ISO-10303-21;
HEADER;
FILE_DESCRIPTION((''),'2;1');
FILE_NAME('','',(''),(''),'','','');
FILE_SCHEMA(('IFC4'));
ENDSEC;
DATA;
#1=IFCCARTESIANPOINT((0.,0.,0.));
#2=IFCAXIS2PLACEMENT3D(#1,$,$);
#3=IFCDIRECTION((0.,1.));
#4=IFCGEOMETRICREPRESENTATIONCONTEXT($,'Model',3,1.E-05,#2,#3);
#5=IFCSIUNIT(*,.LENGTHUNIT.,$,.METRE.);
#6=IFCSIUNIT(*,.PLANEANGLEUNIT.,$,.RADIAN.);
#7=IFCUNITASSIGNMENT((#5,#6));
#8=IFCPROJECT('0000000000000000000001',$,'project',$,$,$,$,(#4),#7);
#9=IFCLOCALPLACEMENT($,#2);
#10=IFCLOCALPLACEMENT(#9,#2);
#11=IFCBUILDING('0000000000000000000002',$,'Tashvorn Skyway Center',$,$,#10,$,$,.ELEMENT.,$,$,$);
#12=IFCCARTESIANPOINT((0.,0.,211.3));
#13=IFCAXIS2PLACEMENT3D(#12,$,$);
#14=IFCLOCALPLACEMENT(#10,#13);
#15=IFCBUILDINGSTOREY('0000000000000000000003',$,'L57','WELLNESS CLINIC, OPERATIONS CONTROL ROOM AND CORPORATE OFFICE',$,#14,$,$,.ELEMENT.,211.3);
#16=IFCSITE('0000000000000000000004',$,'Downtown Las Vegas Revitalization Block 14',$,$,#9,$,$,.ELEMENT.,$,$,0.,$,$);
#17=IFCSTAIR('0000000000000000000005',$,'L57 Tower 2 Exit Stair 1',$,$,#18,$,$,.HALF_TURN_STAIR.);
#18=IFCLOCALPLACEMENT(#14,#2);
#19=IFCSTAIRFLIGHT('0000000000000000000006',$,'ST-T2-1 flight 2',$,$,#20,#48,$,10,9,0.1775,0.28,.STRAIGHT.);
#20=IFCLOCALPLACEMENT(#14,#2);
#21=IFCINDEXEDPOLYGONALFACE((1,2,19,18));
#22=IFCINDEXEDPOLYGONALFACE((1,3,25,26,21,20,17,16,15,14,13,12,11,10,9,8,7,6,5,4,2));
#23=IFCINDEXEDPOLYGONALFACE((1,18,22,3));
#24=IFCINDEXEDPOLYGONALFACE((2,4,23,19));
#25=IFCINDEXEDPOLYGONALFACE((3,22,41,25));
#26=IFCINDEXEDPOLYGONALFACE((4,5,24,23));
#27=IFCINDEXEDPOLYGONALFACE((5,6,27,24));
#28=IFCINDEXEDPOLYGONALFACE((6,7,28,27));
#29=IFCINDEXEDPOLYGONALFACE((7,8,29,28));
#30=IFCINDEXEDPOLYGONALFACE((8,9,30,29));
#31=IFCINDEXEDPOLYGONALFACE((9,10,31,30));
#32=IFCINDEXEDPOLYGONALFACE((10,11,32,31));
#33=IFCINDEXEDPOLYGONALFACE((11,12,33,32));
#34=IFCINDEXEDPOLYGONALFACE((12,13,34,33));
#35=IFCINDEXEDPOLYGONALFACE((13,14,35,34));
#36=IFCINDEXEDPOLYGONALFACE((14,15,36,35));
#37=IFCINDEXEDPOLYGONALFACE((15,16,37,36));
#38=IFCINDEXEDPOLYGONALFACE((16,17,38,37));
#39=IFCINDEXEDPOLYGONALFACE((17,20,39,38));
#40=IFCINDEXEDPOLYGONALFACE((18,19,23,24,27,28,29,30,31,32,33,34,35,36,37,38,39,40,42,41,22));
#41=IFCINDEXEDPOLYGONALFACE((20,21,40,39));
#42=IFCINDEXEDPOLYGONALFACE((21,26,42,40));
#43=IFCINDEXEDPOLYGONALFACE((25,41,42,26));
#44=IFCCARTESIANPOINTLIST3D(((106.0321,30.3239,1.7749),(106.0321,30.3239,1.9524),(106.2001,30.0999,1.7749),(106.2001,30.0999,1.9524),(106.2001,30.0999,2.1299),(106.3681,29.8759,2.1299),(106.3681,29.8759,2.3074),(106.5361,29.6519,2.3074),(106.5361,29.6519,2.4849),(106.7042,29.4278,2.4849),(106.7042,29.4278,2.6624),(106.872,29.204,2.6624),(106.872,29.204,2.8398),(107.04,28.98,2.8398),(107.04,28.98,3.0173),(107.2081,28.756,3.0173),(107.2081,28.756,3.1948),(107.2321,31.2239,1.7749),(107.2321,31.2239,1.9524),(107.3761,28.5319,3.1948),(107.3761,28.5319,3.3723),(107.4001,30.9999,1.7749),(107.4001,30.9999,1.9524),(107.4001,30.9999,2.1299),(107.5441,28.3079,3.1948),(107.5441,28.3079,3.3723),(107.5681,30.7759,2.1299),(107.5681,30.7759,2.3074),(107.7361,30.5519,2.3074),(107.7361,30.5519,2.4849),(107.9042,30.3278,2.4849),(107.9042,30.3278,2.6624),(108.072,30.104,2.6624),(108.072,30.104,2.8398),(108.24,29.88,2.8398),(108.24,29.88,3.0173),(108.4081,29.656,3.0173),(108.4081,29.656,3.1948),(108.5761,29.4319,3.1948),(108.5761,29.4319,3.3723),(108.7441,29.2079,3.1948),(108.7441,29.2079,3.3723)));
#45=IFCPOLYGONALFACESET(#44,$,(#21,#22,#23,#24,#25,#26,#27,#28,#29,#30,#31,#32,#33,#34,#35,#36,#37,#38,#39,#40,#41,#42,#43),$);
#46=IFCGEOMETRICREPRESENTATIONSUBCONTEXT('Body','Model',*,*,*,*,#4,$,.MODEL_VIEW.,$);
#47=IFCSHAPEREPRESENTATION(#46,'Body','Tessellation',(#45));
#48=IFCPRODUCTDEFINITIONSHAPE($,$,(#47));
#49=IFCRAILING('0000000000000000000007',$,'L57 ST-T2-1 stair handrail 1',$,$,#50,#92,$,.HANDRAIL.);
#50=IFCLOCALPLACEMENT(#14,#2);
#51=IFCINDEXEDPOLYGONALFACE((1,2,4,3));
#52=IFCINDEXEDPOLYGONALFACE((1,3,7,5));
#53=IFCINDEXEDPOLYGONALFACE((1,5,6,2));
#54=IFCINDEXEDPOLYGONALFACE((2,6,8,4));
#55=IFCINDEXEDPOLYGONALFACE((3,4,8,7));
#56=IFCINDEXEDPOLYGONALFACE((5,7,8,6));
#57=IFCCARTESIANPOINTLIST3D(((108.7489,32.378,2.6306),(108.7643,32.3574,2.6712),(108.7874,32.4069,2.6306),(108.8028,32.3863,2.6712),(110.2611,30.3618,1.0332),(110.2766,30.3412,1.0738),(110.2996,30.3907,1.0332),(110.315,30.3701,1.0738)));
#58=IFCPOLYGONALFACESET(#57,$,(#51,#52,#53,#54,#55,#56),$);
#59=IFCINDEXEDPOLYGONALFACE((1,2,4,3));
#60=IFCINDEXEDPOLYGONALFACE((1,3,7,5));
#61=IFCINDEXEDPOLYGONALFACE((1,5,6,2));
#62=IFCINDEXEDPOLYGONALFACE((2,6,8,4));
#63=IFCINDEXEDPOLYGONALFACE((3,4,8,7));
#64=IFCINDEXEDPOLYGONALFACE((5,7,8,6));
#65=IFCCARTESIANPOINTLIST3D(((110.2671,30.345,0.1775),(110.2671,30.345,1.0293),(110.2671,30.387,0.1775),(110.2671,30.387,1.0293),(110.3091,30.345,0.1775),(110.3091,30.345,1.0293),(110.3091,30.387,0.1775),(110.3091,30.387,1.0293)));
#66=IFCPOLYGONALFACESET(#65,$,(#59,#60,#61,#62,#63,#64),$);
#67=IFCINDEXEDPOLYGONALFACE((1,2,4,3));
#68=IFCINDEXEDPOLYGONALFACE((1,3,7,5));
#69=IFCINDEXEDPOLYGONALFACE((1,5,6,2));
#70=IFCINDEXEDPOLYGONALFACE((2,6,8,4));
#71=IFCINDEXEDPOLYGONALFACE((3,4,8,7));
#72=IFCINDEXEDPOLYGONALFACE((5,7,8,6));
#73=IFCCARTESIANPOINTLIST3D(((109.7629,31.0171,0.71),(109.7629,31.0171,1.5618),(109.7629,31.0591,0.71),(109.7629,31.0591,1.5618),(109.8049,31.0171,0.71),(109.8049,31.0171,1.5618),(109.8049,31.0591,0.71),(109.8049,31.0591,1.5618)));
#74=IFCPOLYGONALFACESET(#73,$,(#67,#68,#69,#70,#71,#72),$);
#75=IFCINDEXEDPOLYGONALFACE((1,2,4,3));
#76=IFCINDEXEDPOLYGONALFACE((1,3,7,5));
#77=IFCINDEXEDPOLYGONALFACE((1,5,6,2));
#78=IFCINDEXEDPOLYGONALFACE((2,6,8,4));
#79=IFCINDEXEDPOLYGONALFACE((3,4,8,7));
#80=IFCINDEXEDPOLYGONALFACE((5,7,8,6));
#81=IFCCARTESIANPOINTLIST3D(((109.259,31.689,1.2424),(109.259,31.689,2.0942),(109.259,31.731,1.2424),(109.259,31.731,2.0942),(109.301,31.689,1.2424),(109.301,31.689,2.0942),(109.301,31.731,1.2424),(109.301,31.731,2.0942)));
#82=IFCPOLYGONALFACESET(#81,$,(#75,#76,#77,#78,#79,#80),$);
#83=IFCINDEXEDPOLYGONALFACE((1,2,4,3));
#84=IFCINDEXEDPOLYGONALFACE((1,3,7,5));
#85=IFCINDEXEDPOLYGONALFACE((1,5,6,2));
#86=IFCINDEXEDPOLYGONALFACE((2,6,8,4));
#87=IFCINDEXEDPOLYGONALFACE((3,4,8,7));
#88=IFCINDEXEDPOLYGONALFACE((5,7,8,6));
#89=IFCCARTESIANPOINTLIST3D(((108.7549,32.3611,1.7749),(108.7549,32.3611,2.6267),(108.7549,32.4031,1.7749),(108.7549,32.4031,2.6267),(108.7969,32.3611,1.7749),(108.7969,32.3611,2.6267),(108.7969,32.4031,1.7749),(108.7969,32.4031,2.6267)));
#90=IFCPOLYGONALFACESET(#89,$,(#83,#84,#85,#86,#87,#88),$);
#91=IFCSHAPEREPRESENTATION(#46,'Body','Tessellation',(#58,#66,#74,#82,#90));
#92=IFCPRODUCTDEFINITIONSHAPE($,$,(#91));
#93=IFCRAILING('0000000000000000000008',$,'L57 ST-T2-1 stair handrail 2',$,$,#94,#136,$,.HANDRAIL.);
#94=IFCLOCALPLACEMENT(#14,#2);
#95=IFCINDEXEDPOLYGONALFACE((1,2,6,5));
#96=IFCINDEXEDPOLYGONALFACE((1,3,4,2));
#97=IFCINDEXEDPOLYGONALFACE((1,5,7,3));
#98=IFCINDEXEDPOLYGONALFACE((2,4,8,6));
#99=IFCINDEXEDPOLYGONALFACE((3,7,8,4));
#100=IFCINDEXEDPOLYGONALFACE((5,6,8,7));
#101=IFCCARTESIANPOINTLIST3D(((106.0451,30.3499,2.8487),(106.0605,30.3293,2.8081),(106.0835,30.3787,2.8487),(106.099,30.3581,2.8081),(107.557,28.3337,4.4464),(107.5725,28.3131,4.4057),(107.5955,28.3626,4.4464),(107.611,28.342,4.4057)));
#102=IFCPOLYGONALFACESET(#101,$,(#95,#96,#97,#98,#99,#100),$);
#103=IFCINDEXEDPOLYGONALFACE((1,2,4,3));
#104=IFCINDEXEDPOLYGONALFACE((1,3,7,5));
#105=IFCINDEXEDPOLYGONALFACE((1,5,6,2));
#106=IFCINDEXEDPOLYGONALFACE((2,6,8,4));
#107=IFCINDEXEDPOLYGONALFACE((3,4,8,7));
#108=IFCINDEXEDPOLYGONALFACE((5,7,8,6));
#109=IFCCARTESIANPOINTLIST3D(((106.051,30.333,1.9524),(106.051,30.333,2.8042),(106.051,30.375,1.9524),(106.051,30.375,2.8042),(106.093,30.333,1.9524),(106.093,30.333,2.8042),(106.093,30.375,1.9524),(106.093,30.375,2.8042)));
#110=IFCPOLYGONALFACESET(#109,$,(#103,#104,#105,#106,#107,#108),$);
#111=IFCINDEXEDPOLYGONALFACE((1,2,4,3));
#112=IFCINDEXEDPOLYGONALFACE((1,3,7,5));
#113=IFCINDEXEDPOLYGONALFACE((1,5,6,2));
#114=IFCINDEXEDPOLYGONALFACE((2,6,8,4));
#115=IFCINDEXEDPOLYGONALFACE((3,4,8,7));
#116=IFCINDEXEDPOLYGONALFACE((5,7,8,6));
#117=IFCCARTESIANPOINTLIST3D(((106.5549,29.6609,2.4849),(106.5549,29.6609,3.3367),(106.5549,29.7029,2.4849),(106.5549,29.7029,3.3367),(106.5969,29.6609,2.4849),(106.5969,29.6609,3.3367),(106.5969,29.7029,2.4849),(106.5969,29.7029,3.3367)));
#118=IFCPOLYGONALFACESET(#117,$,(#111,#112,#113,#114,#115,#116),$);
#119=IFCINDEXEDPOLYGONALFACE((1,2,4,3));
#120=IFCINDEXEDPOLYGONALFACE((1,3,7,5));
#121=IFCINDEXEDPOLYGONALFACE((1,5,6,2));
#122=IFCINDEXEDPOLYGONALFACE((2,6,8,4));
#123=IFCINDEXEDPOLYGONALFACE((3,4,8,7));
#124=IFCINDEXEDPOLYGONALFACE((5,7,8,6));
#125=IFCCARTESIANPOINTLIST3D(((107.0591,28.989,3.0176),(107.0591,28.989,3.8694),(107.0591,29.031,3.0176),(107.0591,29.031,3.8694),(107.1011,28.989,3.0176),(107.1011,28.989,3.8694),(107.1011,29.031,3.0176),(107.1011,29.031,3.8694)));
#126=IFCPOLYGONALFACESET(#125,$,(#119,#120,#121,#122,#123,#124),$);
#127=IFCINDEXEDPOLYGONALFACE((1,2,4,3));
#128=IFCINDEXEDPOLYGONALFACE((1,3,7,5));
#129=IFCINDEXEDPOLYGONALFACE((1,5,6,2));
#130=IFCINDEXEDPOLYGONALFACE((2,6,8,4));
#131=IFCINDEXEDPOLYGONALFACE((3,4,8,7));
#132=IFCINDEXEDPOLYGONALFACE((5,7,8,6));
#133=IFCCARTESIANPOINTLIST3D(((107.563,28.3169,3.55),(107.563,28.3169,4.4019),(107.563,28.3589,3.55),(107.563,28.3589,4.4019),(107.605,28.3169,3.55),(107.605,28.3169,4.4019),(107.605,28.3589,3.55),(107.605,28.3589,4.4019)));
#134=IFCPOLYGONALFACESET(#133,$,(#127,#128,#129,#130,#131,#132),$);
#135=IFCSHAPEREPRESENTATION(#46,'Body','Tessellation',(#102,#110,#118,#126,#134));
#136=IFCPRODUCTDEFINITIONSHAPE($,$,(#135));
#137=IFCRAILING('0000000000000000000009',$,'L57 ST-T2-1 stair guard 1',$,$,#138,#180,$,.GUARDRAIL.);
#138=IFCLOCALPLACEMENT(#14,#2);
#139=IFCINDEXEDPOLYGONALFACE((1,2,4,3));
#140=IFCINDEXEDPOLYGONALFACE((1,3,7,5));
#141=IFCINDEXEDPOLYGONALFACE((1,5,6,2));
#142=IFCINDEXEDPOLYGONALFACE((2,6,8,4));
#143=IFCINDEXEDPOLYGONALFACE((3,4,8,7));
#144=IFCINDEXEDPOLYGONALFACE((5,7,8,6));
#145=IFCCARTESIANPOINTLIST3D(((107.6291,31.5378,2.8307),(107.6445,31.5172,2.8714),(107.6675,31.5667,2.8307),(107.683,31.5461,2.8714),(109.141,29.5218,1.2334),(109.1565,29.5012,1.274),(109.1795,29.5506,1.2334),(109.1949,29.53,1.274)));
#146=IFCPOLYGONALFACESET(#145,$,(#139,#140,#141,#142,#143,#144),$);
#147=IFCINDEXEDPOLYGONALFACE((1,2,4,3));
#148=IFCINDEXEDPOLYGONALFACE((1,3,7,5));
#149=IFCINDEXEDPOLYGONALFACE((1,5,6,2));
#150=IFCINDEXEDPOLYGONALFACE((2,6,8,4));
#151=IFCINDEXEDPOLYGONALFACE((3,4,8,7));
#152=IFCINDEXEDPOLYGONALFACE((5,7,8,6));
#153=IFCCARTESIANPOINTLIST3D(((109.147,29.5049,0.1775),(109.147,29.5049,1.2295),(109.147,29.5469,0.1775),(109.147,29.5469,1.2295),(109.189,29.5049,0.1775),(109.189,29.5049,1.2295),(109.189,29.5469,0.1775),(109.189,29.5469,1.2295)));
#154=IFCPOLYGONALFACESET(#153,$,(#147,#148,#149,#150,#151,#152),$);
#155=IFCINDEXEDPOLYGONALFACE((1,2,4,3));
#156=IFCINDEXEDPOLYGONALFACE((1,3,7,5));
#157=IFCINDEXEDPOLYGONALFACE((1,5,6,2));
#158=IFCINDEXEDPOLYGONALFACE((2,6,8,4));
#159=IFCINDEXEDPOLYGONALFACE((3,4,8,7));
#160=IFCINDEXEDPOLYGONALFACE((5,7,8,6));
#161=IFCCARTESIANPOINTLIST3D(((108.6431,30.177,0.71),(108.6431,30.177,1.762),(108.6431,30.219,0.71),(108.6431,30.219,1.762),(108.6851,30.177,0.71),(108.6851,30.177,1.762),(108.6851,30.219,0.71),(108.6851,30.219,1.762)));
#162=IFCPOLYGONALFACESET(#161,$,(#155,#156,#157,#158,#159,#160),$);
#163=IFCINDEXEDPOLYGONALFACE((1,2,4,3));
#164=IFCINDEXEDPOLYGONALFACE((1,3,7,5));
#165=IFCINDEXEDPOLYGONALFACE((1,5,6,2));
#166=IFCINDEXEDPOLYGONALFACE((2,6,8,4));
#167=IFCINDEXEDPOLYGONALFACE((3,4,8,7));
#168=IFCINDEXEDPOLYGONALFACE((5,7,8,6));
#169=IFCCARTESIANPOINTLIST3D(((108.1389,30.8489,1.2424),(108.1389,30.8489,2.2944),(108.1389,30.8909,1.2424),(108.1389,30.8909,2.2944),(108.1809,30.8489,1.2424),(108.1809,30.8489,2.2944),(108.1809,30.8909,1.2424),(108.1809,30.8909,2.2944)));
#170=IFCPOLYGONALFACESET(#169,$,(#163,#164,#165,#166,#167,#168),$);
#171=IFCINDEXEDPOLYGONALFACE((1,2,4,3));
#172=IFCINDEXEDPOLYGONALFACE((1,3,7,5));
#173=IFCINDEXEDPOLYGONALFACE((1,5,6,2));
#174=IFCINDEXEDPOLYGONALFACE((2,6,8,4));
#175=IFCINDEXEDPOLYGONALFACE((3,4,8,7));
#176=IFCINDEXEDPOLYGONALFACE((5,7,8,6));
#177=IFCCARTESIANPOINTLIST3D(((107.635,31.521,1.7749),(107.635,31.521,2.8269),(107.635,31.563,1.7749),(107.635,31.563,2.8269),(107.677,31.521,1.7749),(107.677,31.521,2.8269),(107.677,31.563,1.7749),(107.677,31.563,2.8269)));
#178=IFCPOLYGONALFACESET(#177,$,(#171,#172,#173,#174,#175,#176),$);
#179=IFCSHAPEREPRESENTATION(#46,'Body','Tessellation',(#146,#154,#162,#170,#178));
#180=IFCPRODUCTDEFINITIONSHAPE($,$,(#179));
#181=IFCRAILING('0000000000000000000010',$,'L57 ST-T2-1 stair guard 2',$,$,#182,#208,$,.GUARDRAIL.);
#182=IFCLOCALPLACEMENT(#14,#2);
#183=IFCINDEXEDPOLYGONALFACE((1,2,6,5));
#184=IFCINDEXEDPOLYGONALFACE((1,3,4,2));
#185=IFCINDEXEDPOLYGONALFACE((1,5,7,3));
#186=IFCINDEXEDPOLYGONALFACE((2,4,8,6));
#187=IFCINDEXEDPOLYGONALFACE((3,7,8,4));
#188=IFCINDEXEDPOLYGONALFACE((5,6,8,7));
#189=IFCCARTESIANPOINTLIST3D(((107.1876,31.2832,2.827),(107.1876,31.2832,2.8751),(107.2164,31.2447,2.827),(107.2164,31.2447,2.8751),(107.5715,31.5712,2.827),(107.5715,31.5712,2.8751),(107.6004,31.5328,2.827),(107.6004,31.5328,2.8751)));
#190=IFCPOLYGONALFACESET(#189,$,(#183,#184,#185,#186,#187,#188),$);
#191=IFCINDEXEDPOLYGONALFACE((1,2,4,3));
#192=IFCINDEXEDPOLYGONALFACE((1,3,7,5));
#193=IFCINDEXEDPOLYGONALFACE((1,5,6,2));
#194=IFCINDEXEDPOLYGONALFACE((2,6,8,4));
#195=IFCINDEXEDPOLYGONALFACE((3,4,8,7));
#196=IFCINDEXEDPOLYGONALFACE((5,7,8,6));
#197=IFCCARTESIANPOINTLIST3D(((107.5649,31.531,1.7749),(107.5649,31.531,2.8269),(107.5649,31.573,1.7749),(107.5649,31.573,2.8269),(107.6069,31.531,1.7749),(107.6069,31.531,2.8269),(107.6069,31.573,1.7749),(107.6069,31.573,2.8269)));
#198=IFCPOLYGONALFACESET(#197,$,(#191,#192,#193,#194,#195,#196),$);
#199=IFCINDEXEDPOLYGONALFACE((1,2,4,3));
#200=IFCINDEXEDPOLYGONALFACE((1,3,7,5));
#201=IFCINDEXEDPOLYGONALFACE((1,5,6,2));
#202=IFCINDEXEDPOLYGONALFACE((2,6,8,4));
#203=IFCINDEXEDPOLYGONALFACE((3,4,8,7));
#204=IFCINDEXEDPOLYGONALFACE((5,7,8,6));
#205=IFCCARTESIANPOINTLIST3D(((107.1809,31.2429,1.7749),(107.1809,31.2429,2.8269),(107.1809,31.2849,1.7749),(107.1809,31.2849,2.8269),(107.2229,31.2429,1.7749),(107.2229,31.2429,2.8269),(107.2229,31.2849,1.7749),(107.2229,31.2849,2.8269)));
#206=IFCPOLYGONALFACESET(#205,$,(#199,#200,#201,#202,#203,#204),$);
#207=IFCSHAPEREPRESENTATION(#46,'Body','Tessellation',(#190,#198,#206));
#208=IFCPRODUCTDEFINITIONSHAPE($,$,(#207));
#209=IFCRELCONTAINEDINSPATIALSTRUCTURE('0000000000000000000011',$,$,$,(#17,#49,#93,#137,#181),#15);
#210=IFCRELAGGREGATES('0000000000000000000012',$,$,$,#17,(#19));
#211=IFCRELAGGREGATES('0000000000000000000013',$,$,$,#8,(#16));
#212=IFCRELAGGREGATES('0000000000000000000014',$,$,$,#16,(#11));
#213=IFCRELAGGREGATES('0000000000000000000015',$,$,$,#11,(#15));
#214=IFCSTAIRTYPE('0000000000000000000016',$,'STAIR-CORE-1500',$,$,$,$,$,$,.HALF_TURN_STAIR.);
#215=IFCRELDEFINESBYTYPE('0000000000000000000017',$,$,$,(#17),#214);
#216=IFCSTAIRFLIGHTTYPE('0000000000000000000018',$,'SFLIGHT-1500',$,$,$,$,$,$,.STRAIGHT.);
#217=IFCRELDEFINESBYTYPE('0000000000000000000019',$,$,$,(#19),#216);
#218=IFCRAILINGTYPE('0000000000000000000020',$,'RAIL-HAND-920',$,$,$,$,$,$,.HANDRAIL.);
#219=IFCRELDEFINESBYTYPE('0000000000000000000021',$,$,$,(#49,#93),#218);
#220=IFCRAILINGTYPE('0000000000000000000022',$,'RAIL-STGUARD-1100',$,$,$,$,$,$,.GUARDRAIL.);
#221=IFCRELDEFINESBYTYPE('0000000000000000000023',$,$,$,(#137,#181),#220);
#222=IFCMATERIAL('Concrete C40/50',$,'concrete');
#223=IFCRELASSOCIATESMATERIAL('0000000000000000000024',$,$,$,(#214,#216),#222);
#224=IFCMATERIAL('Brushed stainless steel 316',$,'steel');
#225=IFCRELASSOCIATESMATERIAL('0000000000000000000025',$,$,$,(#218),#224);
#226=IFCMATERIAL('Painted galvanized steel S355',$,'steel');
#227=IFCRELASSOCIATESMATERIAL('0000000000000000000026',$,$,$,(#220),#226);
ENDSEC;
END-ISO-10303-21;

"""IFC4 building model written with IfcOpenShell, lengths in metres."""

from ifc_helpers import new_model, si_unit, direction, frame, origin, origin_2d, place, context, subcontext, project, spatial, polyline, rectangle, outline, extrude, material, type_object, element, aggregate, save


model = new_model("IFC4")

# Units and contexts
model_context = context("Model", 3, precision=1e-05, world=origin(), true_north=direction((0.0, 1.0)))
body_context = subcontext(model_context, "Body", "Model", "MODEL_VIEW")
ifc_project = project(units=[si_unit("LENGTHUNIT", "METRE"), si_unit("PLANEANGLEUNIT", "RADIAN")], contexts=[model_context])

# Site, building, storey
site_placement = place(None, origin())
site = spatial("IfcSite", under=ifc_project, at=site_placement, Name="Downtown Las Vegas Revitalization Block 14", CompositionType="ELEMENT", RefElevation=0.0)
building_placement = place(site_placement, origin())
building = spatial("IfcBuilding", under=site, at=building_placement, Name="Tashvorn Skyway Center", CompositionType="ELEMENT")
storey_placement = place(building_placement, frame((0.0, 0.0, 211.3)))
storey = spatial("IfcBuildingStorey", under=building, at=storey_placement, Name="L57", Description="WELLNESS CLINIC, OPERATIONS CONTROL ROOM AND CORPORATE OFFICE", CompositionType="ELEMENT", Elevation=211.3)

# Shared definitions
ifc_material_1 = material(Name="Concrete C40/50", Category="concrete")

# Stair, stair flight
stair_type = type_object("IfcStairType", Name="STAIR-CORE-1500", PredefinedType="HALF_TURN_STAIR", material=ifc_material_1)
stair_placement = place(storey_placement, origin())
stair = element("IfcStair", 1, at=stair_placement, inside=storey, type_object=stair_type, Name="L57 Tower 2 Exit Stair 1", PredefinedType="HALF_TURN_STAIR")
stair_flight_type = type_object("IfcStairFlightType", Name="SFLIGHT-1500", PredefinedType="STRAIGHT", material=ifc_material_1)
stair_flight_1_placement = place(storey_placement, frame((106.6321, 30.7739, 1.7749), z_axis=(0.0, 0.0, 1.0), x_axis=(0.6, -0.8, 0.0)))
stair_flight_1 = element("IfcStairFlight", 2, at=stair_flight_1_placement, type_object=stair_flight_type, Name="ST-T2-1 flight 2", NumberOfRisers=10, NumberOfTreads=9, PredefinedType="STRAIGHT", RiserHeight=0.1775, TreadLength=0.28, context=body_context, shape_type="SweptSolid", body=[
    extrude(outline(polyline([(0.0, 0.0), (0.0, 0.1775), (0.28, 0.1775), (0.28, 0.355), (0.5601, 0.355), (0.5601, 0.5325), (0.8401, 0.5325), (0.8401, 0.71), (1.1201, 0.71), (1.1201, 0.8875), (1.3999, 0.8875), (1.3999, 1.0649), (1.6799, 1.0649), (1.6799, 1.2424), (1.96, 1.2424), (1.96, 1.4199), (2.24, 1.4199), (2.24, 1.5974), (2.52, 1.5974), (2.52, 1.7749), (2.52, 1.4199), (0.28, 0.0), (0.0, 0.0)])), frame((0.0, 0.75, 0.0), z_axis=(0.0, -1.0, 0.0), x_axis=(1.0, 0.0, 0.0)), (0.0, 0.0, 1.0), 1.5),
])
aggregate(stair, [stair_flight_1])

# Railings
ifc_material_2 = material(Name="Brushed stainless steel 316", Category="steel")
railing_type_1 = type_object("IfcRailingType", Name="RAIL-HAND-920", PredefinedType="HANDRAIL", material=ifc_material_2)
railing_1_placement = place(storey_placement, frame((110.2881, 30.366, 0.1775)))
element("IfcRailing", 3, at=railing_1_placement, inside=storey, type_object=railing_type_1, Name="L57 ST-T2-1 stair handrail 1", PredefinedType="HANDRAIL", context=body_context, shape_type="SweptSolid", body=[
    extrude(rectangle(XDim=0.0481, YDim=0.0481, at=origin_2d()), frame((0.0, 0.0, 0.876), z_axis=(-0.506802, 0.675681, 0.535357), x_axis=(-0.799977, -0.600031, 0.0)), (0.0, 0.0, 1.0), 2.9839),
    extrude(rectangle(XDim=0.042, YDim=0.042, at=origin_2d()), origin(), (0.0, 0.0, 1.0), 0.8518),
    extrude(rectangle(XDim=0.042, YDim=0.042, at=origin_2d()), frame((-0.5042, 0.6721, 0.5325)), (0.0, 0.0, 1.0), 0.8518),
    extrude(rectangle(XDim=0.042, YDim=0.042, at=origin_2d()), frame((-1.0081, 1.344, 1.0649)), (0.0, 0.0, 1.0), 0.8518),
    extrude(rectangle(XDim=0.042, YDim=0.042, at=origin_2d()), frame((-1.5122, 2.0161, 1.5974)), (0.0, 0.0, 1.0), 0.8518),
])
railing_2_placement = place(storey_placement, frame((106.072, 30.354, 1.9524)))
element("IfcRailing", 4, at=railing_2_placement, inside=storey, type_object=railing_type_1, Name="L57 ST-T2-1 stair handrail 2", PredefinedType="HANDRAIL", context=body_context, shape_type="SweptSolid", body=[
    extrude(rectangle(XDim=0.0481, YDim=0.0481, at=origin_2d()), frame((0.0, 0.0, 0.876), z_axis=(0.506719, -0.675679, 0.535438), x_axis=(0.800023, 0.599969, 0.0)), (0.0, 0.0, 1.0), 2.9839),
    extrude(rectangle(XDim=0.042, YDim=0.042, at=origin_2d()), origin(), (0.0, 0.0, 1.0), 0.8518),
    extrude(rectangle(XDim=0.042, YDim=0.042, at=origin_2d()), frame((0.5039, -0.6721, 0.5325)), (0.0, 0.0, 1.0), 0.8518),
    extrude(rectangle(XDim=0.042, YDim=0.042, at=origin_2d()), frame((1.0081, -1.344, 1.0652)), (0.0, 0.0, 1.0), 0.8518),
    extrude(rectangle(XDim=0.042, YDim=0.042, at=origin_2d()), frame((1.512, -2.0161, 1.5977)), (0.0, 0.0, 1.0), 0.8518),
])
ifc_material_3 = material(Name="Painted galvanized steel S355", Category="steel")
railing_type_2 = type_object("IfcRailingType", Name="RAIL-STGUARD-1100", PredefinedType="GUARDRAIL", material=ifc_material_3)
railing_3_placement = place(storey_placement, frame((109.168, 29.5259, 0.1775)))
element("IfcRailing", 5, at=railing_3_placement, inside=storey, type_object=railing_type_2, Name="L57 ST-T2-1 stair guard 1", PredefinedType="GUARDRAIL", context=body_context, shape_type="SweptSolid", body=[
    extrude(rectangle(XDim=0.0481, YDim=0.0481, at=origin_2d()), frame((0.0, 0.0, 1.0762), z_axis=(-0.506741, 0.675709, 0.535379), x_axis=(-0.800023, -0.599969, 0.0)), (0.0, 0.0, 1.0), 2.9836),
    extrude(rectangle(XDim=0.042, YDim=0.042, at=origin_2d()), origin(), (0.0, 0.0, 1.0), 1.052),
    extrude(rectangle(XDim=0.042, YDim=0.042, at=origin_2d()), frame((-0.5039, 0.6721, 0.5325)), (0.0, 0.0, 1.0), 1.052),
    extrude(rectangle(XDim=0.042, YDim=0.042, at=origin_2d()), frame((-1.0081, 1.344, 1.0649)), (0.0, 0.0, 1.0), 1.052),
    extrude(rectangle(XDim=0.042, YDim=0.042, at=origin_2d()), frame((-1.512, 2.0161, 1.5974)), (0.0, 0.0, 1.0), 1.052),
])
railing_4_placement = place(storey_placement, frame((107.5859, 31.552, 1.7749)))
element("IfcRailing", 6, at=railing_4_placement, inside=storey, type_object=railing_type_2, Name="L57 ST-T2-1 stair guard 2", PredefinedType="GUARDRAIL", context=body_context, shape_type="SweptSolid", body=[
    extrude(rectangle(XDim=0.0481, YDim=0.0481, at=origin_2d()), frame((0.0, 0.0, 1.0762), z_axis=(-0.799939, -0.600081, 0.0), x_axis=(0.600081, -0.799939, 0.0)), (0.0, 0.0, 1.0), 0.48),
    extrude(rectangle(XDim=0.042, YDim=0.042, at=origin_2d()), origin(), (0.0, 0.0, 1.0), 1.052),
    extrude(rectangle(XDim=0.042, YDim=0.042, at=origin_2d()), frame((-0.384, -0.2881, 0.0)), (0.0, 0.0, 1.0), 1.052),
])

save(model, "model.ifc")
